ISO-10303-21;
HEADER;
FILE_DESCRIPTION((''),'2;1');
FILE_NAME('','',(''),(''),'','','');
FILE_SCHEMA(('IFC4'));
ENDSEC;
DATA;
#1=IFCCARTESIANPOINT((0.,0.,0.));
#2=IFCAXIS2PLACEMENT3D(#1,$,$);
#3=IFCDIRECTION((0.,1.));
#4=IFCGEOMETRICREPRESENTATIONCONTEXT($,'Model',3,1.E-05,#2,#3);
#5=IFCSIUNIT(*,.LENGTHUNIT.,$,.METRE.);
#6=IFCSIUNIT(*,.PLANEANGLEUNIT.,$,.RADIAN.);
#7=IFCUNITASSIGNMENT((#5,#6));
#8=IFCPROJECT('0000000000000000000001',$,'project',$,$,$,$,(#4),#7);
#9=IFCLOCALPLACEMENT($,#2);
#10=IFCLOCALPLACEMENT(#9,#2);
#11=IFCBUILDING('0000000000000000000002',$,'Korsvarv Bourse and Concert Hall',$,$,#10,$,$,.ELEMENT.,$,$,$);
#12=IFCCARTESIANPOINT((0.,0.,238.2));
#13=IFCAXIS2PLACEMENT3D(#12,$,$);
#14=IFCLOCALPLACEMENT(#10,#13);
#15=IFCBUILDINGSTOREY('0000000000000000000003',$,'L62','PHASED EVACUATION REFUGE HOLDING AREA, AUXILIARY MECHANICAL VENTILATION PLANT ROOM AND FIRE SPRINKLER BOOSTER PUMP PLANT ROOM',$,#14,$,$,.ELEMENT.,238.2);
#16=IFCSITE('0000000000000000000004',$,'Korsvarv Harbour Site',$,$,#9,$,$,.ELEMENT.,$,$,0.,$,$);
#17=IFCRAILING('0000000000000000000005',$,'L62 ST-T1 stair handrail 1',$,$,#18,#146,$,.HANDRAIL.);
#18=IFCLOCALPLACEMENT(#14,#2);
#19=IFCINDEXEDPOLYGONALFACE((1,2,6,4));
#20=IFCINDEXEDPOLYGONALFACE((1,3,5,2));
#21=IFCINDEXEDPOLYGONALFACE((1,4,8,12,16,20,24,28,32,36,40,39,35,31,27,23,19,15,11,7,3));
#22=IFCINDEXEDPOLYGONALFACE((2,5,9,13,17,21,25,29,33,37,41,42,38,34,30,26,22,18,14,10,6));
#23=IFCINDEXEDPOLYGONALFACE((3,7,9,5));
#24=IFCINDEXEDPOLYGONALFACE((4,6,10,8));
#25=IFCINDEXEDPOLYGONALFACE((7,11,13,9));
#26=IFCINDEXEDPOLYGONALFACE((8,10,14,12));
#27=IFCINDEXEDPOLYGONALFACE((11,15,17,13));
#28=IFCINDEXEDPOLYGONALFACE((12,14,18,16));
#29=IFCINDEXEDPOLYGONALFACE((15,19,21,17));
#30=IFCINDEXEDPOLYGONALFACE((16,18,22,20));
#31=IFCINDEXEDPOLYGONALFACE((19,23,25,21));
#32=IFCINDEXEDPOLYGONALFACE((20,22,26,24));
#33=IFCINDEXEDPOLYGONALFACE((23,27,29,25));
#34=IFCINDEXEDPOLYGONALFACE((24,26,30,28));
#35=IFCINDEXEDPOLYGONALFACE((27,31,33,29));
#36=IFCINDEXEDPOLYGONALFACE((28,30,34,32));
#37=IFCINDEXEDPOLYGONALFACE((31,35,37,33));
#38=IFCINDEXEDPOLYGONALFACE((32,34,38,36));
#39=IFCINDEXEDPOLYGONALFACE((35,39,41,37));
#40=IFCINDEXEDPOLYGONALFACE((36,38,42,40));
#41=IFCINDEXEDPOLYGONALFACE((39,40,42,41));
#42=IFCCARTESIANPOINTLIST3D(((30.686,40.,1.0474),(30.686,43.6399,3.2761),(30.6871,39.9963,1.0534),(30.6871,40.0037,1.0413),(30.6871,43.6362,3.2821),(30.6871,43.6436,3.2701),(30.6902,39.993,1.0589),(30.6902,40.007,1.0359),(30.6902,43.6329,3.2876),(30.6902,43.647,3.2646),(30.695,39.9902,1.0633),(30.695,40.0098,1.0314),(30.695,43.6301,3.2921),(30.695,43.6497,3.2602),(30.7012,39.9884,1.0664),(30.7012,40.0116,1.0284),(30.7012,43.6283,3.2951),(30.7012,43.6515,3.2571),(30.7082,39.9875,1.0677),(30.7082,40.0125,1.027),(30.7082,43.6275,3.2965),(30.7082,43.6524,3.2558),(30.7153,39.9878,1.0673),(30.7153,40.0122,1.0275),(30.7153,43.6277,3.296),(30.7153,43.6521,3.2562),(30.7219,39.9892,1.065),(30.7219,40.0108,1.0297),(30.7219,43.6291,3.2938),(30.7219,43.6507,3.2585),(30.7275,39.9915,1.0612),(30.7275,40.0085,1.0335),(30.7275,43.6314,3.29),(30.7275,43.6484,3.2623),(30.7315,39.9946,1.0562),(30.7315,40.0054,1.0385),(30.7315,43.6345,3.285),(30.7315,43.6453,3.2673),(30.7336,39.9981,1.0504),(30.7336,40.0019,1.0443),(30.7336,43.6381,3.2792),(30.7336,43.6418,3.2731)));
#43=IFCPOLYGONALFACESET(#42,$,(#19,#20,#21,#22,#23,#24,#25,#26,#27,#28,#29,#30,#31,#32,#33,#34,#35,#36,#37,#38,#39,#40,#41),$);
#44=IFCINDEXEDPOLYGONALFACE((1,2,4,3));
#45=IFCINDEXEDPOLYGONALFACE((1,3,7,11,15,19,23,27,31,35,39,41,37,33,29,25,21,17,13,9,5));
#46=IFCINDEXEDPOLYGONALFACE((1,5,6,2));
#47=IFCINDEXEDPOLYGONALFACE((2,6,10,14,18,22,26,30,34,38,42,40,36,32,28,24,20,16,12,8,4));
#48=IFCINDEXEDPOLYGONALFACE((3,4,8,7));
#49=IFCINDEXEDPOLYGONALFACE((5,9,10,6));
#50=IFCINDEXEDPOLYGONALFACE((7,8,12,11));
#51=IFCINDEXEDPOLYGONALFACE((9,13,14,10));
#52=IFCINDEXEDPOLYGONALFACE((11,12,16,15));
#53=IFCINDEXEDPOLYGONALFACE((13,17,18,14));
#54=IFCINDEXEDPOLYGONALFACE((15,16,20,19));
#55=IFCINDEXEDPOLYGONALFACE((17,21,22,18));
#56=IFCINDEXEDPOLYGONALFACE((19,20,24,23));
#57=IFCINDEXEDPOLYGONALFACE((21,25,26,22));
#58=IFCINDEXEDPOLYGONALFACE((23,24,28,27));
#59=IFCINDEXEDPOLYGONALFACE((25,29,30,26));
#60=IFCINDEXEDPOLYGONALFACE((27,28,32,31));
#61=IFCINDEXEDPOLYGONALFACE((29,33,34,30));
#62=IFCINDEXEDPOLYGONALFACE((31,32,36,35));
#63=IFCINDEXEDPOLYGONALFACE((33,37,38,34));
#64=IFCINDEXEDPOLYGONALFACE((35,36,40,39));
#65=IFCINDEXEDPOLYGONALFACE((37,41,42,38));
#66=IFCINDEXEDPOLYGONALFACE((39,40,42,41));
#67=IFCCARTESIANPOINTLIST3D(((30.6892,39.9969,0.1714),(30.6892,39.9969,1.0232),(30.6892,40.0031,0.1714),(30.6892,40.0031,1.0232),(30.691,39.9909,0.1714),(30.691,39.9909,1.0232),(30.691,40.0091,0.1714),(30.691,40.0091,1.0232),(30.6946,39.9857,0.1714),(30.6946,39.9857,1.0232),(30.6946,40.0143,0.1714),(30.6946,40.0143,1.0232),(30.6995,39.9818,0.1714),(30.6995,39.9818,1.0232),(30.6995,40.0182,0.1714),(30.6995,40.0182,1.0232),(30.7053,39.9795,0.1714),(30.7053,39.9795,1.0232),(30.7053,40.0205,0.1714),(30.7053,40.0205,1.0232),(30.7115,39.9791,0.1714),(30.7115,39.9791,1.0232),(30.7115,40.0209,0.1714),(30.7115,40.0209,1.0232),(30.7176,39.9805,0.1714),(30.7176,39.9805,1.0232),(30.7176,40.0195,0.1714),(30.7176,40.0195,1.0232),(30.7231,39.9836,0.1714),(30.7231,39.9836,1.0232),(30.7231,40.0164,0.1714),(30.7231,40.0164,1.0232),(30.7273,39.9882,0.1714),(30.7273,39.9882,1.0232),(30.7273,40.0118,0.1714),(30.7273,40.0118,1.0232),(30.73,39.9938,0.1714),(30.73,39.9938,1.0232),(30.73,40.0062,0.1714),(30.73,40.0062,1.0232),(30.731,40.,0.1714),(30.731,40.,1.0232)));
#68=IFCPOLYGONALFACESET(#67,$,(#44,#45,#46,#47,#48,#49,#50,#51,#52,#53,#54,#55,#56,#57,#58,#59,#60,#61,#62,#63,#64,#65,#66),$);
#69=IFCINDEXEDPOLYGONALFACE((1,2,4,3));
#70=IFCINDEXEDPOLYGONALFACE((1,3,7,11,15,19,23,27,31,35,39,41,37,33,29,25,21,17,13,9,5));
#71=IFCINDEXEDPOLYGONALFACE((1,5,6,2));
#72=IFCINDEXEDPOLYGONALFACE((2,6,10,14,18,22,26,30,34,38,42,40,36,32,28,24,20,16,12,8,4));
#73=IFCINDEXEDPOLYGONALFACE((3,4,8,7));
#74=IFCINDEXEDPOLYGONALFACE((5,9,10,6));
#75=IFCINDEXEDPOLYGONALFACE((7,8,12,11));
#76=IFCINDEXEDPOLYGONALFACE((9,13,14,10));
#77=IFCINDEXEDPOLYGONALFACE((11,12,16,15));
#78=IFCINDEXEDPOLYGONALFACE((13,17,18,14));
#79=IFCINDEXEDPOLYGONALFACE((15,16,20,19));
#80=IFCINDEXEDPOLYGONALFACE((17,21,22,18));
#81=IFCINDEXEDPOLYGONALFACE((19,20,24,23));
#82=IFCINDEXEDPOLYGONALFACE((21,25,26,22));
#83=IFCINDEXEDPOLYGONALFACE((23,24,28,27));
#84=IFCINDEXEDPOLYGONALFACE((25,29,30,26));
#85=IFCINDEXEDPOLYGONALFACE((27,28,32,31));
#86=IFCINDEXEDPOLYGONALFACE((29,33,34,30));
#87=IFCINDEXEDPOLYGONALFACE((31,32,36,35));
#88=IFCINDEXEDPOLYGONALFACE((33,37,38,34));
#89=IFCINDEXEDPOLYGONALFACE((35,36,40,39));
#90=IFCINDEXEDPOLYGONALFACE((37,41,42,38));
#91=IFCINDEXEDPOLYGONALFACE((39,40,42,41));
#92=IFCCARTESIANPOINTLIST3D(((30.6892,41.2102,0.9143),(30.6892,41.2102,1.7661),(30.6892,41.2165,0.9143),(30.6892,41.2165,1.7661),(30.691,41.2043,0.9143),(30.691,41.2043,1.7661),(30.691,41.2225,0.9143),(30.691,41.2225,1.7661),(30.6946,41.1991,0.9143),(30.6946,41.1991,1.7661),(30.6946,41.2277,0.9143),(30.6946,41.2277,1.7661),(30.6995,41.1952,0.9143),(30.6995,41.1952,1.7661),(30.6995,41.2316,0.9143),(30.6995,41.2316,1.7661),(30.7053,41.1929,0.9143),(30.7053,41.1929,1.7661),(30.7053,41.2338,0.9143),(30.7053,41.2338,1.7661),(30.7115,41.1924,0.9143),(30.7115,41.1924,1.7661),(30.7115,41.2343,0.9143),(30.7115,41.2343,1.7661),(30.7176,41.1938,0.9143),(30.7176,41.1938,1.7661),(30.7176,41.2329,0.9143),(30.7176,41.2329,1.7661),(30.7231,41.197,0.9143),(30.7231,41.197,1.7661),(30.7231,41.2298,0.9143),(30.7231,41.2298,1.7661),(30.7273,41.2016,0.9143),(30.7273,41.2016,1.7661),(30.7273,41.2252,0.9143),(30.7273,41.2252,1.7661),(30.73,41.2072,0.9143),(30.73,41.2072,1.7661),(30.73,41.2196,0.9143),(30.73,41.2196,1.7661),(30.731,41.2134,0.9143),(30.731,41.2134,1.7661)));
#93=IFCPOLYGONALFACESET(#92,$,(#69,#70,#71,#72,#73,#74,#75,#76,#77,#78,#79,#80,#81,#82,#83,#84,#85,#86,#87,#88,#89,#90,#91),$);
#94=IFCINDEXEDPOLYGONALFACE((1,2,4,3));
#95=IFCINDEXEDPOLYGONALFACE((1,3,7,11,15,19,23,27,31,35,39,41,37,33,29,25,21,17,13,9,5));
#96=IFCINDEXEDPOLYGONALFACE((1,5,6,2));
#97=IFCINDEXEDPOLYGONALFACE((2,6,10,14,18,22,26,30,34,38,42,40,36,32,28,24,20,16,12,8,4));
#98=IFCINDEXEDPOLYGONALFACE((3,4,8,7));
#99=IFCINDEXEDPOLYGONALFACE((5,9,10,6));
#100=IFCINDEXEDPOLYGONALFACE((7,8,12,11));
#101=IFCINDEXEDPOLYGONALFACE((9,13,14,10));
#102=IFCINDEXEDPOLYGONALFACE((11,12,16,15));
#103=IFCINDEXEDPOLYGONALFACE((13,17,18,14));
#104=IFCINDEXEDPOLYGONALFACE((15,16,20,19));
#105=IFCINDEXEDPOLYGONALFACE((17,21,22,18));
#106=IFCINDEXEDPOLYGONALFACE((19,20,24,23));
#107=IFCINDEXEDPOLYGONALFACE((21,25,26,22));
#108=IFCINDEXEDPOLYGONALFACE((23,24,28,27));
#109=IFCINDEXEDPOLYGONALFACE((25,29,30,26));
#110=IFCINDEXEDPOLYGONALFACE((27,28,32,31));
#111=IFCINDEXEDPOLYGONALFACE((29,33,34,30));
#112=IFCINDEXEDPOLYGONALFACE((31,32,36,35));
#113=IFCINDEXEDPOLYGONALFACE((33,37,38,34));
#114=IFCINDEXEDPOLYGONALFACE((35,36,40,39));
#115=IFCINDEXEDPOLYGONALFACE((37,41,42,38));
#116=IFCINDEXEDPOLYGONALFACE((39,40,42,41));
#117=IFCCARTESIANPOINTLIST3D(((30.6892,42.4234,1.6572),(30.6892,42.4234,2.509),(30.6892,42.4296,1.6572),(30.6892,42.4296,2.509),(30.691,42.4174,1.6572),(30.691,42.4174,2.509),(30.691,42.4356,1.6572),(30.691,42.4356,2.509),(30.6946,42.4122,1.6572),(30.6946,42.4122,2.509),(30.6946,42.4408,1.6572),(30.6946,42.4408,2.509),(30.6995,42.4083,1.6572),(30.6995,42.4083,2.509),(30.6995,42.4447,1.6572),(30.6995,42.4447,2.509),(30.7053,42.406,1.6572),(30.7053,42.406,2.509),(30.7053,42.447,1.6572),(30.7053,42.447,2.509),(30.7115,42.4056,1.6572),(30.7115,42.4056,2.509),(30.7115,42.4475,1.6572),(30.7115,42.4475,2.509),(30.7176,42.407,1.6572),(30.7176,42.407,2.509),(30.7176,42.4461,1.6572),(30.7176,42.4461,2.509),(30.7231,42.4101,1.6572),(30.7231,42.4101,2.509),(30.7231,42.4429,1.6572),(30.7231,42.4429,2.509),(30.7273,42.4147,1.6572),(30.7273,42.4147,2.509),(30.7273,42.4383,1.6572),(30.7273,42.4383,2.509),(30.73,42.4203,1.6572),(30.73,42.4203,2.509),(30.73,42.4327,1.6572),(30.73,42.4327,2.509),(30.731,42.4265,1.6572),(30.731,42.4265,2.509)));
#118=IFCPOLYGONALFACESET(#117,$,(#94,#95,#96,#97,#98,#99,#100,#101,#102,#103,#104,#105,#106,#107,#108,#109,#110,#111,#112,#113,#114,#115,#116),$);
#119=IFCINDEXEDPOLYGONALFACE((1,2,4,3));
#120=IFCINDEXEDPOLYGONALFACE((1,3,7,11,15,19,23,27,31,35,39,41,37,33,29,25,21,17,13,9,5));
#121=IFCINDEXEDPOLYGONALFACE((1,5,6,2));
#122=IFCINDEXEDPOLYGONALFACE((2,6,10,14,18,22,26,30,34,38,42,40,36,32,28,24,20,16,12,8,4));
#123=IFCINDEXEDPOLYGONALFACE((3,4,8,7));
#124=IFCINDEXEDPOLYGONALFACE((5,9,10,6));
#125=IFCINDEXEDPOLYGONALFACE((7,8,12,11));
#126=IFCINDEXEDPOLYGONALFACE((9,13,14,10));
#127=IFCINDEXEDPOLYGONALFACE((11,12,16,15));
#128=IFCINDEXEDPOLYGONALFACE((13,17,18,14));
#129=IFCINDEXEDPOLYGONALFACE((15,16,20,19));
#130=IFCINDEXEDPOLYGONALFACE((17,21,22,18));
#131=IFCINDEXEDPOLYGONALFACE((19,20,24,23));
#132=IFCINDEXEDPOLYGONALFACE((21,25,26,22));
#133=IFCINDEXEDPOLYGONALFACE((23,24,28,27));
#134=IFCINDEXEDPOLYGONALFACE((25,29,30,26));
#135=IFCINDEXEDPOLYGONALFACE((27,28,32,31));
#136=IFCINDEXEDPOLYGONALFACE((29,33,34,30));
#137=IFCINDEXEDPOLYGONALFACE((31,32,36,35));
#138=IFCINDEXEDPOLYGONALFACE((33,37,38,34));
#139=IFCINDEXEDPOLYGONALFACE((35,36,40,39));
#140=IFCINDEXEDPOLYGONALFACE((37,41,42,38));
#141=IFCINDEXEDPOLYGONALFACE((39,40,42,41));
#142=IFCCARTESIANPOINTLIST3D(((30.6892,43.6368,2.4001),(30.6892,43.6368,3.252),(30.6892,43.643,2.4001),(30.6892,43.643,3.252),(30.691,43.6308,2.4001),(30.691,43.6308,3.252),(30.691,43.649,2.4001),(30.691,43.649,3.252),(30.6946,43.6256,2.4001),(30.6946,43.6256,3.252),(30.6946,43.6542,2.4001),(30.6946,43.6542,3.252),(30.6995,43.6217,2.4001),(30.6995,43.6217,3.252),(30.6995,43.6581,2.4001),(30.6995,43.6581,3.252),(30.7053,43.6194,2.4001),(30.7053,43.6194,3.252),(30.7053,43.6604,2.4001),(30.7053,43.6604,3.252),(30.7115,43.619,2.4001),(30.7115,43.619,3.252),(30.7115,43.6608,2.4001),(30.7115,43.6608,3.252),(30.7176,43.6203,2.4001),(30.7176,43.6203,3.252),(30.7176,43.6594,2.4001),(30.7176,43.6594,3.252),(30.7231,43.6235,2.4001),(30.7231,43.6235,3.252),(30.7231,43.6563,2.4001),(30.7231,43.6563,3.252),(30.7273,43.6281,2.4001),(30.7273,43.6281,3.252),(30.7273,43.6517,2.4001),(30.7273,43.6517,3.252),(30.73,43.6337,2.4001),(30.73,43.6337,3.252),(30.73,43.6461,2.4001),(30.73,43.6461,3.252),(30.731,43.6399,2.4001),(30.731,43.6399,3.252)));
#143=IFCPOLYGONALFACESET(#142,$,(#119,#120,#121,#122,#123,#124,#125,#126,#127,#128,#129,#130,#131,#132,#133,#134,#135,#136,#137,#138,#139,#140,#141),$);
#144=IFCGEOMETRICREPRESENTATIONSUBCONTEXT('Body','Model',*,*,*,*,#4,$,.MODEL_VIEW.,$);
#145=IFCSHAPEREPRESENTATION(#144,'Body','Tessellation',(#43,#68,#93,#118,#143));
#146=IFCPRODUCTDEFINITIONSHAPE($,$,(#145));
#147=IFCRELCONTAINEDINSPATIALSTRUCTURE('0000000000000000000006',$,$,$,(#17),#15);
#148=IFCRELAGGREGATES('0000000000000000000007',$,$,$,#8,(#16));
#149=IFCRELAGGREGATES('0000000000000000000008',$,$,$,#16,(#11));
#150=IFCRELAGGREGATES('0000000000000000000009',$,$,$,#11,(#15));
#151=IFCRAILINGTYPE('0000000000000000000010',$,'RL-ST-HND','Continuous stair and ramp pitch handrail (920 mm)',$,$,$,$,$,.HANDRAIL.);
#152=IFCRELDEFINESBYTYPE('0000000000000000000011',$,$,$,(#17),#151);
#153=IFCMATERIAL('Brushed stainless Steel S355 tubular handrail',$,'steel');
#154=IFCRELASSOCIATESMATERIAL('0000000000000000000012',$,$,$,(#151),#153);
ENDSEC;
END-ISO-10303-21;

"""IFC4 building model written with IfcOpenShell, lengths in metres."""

from ifc_helpers import new_model, si_unit, direction, frame, origin, origin_2d, place, context, subcontext, project, spatial, circle, extrude, material, type_object, element, save


model = new_model("IFC4")

# Units and contexts
model_context = context("Model", 3, precision=1e-05, world=origin(), true_north=direction((0.0, 1.0)))
body_context = subcontext(model_context, "Body", "Model", "MODEL_VIEW")
ifc_project = project(units=[si_unit("LENGTHUNIT", "METRE"), si_unit("PLANEANGLEUNIT", "RADIAN")], contexts=[model_context])

# Site, building, storey
site_placement = place(None, origin())
site = spatial("IfcSite", under=ifc_project, at=site_placement, Name="Korsvarv Harbour Site", CompositionType="ELEMENT", RefElevation=0.0)
building_placement = place(site_placement, origin())
building = spatial("IfcBuilding", under=site, at=building_placement, Name="Korsvarv Bourse and Concert Hall", CompositionType="ELEMENT")
storey_placement = place(building_placement, frame((0.0, 0.0, 238.2)))
storey = spatial("IfcBuildingStorey", under=building, at=storey_placement, Name="L62", Description="PHASED EVACUATION REFUGE HOLDING AREA, AUXILIARY MECHANICAL VENTILATION PLANT ROOM AND FIRE SPRINKLER BOOSTER PUMP PLANT ROOM", CompositionType="ELEMENT", Elevation=238.2)

# Railing
ifc_material_1 = material(Name="Brushed stainless Steel S355 tubular handrail", Category="steel")
railing_type_1 = type_object("IfcRailingType", Name="RL-ST-HND", Description="Continuous stair and ramp pitch handrail (920 mm)", PredefinedType="HANDRAIL", material=ifc_material_1)
railing_1_placement = place(storey_placement, frame((30.71, 40.0, 0.1714)))
element("IfcRailing", 1, at=railing_1_placement, inside=storey, type_object=railing_type_1, Name="L62 ST-T1 stair handrail 1", PredefinedType="HANDRAIL", context=body_context, shape_type="SweptSolid", body=[
    extrude(circle(Radius=0.0239, at=origin_2d()), frame((0.0, 0.0, 0.876), z_axis=(0.0, 0.852825, 0.522197), x_axis=(-1.0, 0.0, 0.0)), (0.0, 0.0, 1.0), 4.2681),
    extrude(circle(Radius=0.021, at=origin_2d()), origin(), (0.0, 0.0, 1.0), 0.8518),
    extrude(circle(Radius=0.021, at=origin_2d()), frame((0.0, 1.2134, 0.7429)), (0.0, 0.0, 1.0), 0.8518),
    extrude(circle(Radius=0.021, at=origin_2d()), frame((0.0, 2.4265, 1.4858)), (0.0, 0.0, 1.0), 0.8518),
    extrude(circle(Radius=0.021, at=origin_2d()), frame((0.0, 3.6399, 2.2288)), (0.0, 0.0, 1.0), 0.8518),
])

save(model, "model.ifc")
